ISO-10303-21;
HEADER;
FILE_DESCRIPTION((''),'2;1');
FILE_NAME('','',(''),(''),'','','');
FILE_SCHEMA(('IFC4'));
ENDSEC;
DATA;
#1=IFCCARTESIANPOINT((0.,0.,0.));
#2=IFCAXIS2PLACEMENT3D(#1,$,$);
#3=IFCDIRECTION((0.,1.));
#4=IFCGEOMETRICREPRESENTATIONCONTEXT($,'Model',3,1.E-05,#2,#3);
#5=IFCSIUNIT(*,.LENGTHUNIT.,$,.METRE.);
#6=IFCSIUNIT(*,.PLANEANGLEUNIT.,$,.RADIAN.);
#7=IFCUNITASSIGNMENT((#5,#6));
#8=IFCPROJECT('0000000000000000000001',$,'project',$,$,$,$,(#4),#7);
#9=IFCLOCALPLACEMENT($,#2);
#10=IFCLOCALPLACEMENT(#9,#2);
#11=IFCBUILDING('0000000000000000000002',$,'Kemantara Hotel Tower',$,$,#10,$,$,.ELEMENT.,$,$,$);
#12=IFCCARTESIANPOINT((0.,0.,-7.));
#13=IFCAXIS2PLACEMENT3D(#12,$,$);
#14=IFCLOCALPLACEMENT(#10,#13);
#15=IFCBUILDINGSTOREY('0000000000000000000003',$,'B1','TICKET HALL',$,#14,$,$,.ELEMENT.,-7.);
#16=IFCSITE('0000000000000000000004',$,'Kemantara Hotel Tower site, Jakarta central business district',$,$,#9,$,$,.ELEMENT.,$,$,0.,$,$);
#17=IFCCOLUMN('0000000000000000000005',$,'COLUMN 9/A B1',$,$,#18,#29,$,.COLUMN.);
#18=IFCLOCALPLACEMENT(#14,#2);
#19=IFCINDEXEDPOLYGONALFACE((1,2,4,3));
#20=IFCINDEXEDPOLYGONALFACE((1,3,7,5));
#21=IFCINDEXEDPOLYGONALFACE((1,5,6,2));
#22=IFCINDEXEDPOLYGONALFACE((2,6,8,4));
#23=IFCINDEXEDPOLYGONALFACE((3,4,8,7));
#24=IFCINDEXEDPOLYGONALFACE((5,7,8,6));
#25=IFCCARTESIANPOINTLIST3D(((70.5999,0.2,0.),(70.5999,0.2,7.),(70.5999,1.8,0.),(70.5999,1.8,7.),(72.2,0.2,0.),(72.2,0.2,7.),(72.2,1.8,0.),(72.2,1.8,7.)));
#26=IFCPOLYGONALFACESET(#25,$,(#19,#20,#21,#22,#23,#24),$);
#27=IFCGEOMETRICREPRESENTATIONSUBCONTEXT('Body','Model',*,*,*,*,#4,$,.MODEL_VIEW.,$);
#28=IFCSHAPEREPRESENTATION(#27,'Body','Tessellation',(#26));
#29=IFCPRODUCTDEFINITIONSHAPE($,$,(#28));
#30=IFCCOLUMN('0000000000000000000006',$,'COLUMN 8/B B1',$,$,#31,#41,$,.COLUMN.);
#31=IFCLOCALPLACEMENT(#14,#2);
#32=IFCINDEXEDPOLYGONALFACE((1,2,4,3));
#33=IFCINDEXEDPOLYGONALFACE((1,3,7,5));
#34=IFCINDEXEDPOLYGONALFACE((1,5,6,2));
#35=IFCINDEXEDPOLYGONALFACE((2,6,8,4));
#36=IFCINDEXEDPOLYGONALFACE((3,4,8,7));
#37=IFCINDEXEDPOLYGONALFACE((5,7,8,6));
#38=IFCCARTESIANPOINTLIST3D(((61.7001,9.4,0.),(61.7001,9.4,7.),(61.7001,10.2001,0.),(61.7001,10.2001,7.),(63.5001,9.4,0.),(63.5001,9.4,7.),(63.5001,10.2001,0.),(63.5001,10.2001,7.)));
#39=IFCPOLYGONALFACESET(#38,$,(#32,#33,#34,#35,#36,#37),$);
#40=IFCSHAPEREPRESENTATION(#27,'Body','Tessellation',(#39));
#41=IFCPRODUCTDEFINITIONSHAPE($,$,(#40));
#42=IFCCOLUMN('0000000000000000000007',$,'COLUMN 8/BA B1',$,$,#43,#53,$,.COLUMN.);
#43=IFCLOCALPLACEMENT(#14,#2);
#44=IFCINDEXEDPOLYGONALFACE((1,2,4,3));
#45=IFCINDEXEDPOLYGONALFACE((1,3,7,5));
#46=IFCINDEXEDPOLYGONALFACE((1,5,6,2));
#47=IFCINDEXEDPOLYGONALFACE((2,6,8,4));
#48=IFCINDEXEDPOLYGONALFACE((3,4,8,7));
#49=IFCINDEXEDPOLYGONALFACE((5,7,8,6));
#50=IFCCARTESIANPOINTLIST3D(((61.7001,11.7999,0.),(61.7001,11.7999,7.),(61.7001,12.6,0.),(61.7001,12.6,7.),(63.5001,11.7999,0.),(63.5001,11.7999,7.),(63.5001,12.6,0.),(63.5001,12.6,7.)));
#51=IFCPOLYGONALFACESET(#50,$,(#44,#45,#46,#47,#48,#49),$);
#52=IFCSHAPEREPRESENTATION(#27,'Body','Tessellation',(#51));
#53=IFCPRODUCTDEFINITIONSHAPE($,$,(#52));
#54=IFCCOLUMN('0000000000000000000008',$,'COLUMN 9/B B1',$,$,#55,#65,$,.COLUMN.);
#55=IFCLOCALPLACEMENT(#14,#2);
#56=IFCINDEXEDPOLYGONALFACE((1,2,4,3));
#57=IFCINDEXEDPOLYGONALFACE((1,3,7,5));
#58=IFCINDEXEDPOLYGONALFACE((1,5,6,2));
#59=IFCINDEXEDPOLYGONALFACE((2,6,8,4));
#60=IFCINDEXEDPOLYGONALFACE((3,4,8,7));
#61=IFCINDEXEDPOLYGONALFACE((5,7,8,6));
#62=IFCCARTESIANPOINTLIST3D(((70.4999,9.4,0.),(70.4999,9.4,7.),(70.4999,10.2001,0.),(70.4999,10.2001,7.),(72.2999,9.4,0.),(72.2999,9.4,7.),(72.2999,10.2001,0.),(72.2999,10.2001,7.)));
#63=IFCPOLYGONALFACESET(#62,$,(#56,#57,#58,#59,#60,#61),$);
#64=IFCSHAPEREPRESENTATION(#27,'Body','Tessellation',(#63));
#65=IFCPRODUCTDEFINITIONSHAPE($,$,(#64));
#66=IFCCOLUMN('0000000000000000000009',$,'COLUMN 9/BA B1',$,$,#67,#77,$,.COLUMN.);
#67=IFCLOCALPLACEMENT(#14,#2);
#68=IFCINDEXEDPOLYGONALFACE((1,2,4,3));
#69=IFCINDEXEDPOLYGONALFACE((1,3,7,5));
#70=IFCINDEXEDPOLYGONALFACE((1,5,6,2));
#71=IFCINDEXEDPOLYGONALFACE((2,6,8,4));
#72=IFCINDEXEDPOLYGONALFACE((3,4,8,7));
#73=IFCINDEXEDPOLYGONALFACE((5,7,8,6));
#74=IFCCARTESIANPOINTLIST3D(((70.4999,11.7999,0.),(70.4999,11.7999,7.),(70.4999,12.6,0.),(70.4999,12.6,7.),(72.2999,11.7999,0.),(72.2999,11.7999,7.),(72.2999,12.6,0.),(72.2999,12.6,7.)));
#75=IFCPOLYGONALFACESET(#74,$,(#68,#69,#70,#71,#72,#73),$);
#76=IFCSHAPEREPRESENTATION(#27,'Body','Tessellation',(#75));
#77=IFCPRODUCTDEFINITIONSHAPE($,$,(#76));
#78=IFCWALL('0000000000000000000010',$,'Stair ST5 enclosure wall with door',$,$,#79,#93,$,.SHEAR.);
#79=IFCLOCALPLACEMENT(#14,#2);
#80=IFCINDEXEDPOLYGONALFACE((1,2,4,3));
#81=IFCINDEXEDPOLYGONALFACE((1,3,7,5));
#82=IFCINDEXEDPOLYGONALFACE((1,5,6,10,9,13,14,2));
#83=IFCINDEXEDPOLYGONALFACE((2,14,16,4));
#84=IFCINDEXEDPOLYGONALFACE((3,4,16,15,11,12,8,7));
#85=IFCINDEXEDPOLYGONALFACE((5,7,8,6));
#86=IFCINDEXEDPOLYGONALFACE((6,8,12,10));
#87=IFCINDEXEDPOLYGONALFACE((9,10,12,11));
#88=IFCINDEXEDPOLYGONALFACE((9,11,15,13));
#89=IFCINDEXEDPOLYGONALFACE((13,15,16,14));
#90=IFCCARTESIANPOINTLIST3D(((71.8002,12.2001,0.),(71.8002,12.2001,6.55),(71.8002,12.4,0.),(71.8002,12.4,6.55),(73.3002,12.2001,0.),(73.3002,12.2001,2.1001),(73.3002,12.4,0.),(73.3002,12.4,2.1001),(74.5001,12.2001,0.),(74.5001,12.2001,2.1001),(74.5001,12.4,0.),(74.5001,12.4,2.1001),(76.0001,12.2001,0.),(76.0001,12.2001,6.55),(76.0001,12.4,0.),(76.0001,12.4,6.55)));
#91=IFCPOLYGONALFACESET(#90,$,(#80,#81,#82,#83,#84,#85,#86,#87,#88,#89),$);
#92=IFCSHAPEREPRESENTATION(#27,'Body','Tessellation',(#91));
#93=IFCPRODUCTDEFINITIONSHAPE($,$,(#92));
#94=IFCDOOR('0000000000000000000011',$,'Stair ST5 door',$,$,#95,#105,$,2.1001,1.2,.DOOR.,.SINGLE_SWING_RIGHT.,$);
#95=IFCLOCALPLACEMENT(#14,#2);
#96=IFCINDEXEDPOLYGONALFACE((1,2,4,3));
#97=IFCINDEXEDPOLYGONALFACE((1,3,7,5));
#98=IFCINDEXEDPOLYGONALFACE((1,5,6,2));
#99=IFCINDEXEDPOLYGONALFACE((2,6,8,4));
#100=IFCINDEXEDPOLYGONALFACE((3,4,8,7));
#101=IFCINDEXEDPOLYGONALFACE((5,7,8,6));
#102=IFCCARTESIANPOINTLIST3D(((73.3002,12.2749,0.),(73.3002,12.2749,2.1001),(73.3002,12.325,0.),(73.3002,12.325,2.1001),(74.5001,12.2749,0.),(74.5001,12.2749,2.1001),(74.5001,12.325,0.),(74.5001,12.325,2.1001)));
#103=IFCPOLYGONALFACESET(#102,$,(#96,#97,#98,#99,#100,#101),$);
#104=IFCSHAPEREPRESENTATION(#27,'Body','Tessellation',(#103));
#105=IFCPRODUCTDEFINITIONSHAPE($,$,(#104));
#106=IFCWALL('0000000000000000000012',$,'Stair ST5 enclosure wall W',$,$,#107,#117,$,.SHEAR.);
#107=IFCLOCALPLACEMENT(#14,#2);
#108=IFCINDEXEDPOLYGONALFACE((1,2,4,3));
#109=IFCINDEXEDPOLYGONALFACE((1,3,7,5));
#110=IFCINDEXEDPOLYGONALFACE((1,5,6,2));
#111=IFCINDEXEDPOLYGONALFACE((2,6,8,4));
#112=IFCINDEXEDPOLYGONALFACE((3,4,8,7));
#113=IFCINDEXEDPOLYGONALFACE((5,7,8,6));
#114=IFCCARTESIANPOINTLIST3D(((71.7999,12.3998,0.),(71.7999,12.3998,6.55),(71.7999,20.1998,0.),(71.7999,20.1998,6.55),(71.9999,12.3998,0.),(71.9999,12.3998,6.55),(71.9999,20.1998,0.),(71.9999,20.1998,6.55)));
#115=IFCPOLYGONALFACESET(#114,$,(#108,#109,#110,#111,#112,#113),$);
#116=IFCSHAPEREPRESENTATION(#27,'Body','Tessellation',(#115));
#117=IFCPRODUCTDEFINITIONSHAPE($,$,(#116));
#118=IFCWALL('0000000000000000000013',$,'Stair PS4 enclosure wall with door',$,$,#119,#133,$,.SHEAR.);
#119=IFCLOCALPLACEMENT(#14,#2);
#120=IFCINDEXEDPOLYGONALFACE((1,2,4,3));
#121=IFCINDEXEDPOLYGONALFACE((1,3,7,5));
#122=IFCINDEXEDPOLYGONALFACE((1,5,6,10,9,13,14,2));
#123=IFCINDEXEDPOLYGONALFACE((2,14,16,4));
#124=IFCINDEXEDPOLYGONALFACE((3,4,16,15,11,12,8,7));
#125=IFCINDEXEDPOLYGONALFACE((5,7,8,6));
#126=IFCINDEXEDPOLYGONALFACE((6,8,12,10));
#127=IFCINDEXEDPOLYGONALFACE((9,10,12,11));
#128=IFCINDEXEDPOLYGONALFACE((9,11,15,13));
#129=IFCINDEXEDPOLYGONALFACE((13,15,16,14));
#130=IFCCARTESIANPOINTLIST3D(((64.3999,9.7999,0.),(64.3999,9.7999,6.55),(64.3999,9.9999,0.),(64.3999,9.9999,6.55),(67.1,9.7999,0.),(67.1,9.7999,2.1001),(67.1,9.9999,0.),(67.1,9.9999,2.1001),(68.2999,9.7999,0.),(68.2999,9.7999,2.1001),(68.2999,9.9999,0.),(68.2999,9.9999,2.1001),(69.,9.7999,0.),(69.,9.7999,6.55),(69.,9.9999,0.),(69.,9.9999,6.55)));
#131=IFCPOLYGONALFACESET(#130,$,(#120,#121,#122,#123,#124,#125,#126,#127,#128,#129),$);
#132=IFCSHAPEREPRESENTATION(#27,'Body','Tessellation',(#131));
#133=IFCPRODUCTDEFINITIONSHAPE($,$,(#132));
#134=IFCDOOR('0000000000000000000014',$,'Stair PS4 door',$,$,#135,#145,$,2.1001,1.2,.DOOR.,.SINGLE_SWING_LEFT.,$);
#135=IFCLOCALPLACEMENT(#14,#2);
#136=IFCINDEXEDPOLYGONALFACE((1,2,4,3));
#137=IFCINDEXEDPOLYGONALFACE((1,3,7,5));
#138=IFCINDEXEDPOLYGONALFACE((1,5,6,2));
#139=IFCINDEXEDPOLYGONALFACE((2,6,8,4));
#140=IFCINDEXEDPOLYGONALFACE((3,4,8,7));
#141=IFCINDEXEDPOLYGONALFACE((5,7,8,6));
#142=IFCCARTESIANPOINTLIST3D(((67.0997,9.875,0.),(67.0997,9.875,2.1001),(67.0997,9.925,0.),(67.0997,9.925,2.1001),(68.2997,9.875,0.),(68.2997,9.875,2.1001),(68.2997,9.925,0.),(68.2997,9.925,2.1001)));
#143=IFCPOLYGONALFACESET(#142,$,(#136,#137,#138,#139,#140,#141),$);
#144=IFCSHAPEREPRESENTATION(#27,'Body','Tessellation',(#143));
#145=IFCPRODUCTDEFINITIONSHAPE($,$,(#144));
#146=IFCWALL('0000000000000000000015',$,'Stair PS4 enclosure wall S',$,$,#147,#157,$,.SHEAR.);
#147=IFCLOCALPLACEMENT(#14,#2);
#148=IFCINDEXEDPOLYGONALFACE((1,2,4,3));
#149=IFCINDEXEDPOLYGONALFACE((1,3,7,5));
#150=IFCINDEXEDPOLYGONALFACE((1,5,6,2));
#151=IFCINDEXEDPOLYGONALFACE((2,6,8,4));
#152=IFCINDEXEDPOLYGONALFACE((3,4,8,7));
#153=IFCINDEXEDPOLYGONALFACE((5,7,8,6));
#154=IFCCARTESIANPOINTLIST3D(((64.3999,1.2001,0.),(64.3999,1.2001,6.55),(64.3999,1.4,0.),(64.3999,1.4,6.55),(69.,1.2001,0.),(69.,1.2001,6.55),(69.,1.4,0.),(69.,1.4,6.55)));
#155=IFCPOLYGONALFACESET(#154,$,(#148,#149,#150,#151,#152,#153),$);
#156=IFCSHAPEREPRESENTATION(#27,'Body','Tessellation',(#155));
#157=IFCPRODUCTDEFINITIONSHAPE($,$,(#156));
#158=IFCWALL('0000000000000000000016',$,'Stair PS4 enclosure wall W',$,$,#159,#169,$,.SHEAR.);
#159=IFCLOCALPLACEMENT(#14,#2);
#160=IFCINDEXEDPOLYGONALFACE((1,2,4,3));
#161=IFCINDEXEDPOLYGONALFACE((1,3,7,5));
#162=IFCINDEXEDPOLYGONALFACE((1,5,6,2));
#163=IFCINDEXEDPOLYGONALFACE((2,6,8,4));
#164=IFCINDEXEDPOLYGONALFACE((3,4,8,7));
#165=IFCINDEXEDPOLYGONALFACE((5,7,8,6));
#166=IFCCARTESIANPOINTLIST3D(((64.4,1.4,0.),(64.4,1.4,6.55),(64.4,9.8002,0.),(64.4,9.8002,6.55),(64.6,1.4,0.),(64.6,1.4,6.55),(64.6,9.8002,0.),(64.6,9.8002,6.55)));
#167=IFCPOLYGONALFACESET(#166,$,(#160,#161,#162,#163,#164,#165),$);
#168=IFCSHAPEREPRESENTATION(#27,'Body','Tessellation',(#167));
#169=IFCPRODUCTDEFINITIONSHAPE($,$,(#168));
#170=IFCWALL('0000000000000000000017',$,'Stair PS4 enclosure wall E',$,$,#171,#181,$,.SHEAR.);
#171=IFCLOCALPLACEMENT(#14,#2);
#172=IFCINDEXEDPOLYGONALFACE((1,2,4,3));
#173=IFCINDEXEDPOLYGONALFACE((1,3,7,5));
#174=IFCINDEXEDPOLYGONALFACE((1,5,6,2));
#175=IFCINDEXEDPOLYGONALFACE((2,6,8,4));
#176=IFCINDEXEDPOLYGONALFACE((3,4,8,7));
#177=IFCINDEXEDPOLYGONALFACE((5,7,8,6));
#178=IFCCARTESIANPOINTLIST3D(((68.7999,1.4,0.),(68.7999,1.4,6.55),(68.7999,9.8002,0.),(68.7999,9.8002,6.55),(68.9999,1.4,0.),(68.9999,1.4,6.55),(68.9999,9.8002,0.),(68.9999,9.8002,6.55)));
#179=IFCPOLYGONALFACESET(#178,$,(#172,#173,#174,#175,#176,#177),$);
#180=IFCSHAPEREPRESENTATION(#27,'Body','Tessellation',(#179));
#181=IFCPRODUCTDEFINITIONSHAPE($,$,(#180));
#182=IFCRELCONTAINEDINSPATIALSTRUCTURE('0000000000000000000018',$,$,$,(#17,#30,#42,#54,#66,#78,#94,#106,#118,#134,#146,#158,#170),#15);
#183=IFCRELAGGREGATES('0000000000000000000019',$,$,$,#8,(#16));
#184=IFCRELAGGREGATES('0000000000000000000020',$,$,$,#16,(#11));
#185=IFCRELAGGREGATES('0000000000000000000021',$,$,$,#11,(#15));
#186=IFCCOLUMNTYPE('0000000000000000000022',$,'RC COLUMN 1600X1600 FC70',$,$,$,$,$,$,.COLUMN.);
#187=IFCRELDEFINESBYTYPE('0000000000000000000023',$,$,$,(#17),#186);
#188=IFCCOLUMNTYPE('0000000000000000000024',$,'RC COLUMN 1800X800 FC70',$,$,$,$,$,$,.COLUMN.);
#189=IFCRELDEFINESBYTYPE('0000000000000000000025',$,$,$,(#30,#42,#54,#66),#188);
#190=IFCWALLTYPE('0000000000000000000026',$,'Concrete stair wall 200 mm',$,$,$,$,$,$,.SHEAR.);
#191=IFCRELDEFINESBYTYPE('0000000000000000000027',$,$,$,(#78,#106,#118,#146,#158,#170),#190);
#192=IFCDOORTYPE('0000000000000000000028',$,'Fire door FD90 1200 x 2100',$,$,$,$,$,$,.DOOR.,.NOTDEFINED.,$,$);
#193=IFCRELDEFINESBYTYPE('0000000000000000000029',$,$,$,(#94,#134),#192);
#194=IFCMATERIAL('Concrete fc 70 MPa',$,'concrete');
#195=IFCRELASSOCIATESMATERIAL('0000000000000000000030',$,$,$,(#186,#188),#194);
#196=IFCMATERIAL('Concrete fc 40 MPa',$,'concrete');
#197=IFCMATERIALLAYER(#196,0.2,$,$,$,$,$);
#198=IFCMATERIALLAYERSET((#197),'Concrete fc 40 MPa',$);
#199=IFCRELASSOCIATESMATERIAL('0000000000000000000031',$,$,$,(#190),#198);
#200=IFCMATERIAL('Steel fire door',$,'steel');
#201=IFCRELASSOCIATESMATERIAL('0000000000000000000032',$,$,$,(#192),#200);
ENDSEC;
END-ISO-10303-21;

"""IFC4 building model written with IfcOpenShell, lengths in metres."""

from ifc_helpers import new_model, si_unit, direction, frame, frame_2d, origin, origin_2d, place, context, subcontext, project, spatial, rectangle, extrude, material, layer, layer_set, material_profile, profile_set, type_object, element, fill, save


model = new_model("IFC4")

# Units and contexts
model_context = context("Model", 3, precision=1e-05, world=origin(), true_north=direction((0.0, 1.0)))
body_context = subcontext(model_context, "Body", "Model", "MODEL_VIEW")
ifc_project = project(units=[si_unit("LENGTHUNIT", "METRE"), si_unit("PLANEANGLEUNIT", "RADIAN")], contexts=[model_context])

# Site, building, storey
site_placement = place(None, origin())
site = spatial("IfcSite", under=ifc_project, at=site_placement, Name="Kemantara Hotel Tower site, Jakarta central business district", CompositionType="ELEMENT", RefElevation=0.0)
building_placement = place(site_placement, origin())
building = spatial("IfcBuilding", under=site, at=building_placement, Name="Kemantara Hotel Tower", CompositionType="ELEMENT")
storey_placement = place(building_placement, frame((0.0, 0.0, -7.0)))
storey = spatial("IfcBuildingStorey", under=building, at=storey_placement, Name="B1", Description="TICKET HALL", CompositionType="ELEMENT", Elevation=-7.0)

# Columns
ifc_material_1 = material(Name="Concrete fc 70 MPa", Category="concrete")
ifc_material_profile_1 = material_profile(ifc_material_1, rectangle(XDim=1.6001, YDim=1.6001, at=origin_2d()), Name="RC 1600X1600")
ifc_profile_set_1 = profile_set([ifc_material_profile_1], Name="Concrete fc 70 MPa")
column_type_1 = type_object("IfcColumnType", Name="RC COLUMN 1600X1600 FC70", PredefinedType="COLUMN", material=ifc_profile_set_1)
column_placement = place(storey_placement, frame((71.3999, 1.0, 0.0), z_axis=(0.0, 0.0, 1.0), x_axis=(1.0, 0.0, 0.0)))
element("IfcColumn", 1, at=column_placement, inside=storey, type_object=column_type_1, Name="COLUMN 9/A B1", PredefinedType="COLUMN", context=body_context, shape_type="SweptSolid", body=[
    extrude(rectangle(XDim=1.6001, YDim=1.6001, at=origin_2d()), origin(), (0.0, 0.0, 1.0), 7.0),
])
ifc_material_profile_2 = material_profile(ifc_material_1, rectangle(XDim=1.8, YDim=0.8, at=origin_2d()), Name="RC 1800X800")
ifc_profile_set_2 = profile_set([ifc_material_profile_2], Name="Concrete fc 70 MPa")
column_type_2 = type_object("IfcColumnType", Name="RC COLUMN 1800X800 FC70", PredefinedType="COLUMN", material=ifc_profile_set_2)
for number, where, z_axis, x_axis, name in (
    (2, (62.6001, 9.8, 0.0), (0.0, 0.0, 1.0), (1.0, 0.0, 0.0), "COLUMN 8/B B1"),
    (3, (62.6001, 12.2, 0.0), (0.0, 0.0, 1.0), (1.0, 0.0, 0.0), "COLUMN 8/BA B1"),
    (4, (71.3999, 9.8, 0.0), (0.0, 0.0, 1.0), (1.0, 0.0, 0.0), "COLUMN 9/B B1"),
    (5, (71.3999, 12.2, 0.0), (0.0, 0.0, 1.0), (1.0, 0.0, 0.0), "COLUMN 9/BA B1"),
):
    element("IfcColumn", number, at=place(storey_placement, frame(where, z_axis=z_axis, x_axis=x_axis)), inside=storey, type_object=column_type_2, Name=name, PredefinedType="COLUMN", context=body_context, shape_type="SweptSolid", body=[
        extrude(rectangle(XDim=1.8, YDim=0.8, at=origin_2d()), origin(), (0.0, 0.0, 1.0), 7.0),
    ])

# Wall, opening, door
ifc_material_2 = material(Name="Concrete fc 40 MPa", Category="concrete")
ifc_layer_1 = layer(ifc_material_2, 0.2)
ifc_layer_set_1 = layer_set([ifc_layer_1], Name="Concrete fc 40 MPa")
wall_type_1 = type_object("IfcWallType", Name="Concrete stair wall 200 mm", PredefinedType="SHEAR", material=ifc_layer_set_1)
wall_1_placement = place(storey_placement, frame((71.8, 12.3, 0.0), z_axis=(0.0, 0.0, 1.0), x_axis=(1.0, 0.0, 0.0)))
wall_1 = element("IfcWall", 6, at=wall_1_placement, inside=storey, type_object=wall_type_1, Name="Stair ST5 enclosure wall with door", PredefinedType="SHEAR", context=body_context, shape_type="SweptSolid", body=[
    extrude(rectangle(XDim=4.2, YDim=0.2, at=frame_2d((2.1001, 0.0))), origin(), (0.0, 0.0, 1.0), 6.55),
])
opening_1_placement = place(wall_1_placement, frame((1.5, 0.0, 0.0)))
opening_1 = element("IfcOpeningElement", 7, at=opening_1_placement, cuts=wall_1, PredefinedType="OPENING", context=body_context, shape_type="SweptSolid", body=[
    extrude(rectangle(XDim=1.2, YDim=2.1001, at=frame_2d((0.6001, 1.05))), frame((0.0, 0.1099, 0.0), z_axis=(0.0, -1.0, 0.0), x_axis=(1.0, 0.0, 0.0)), (0.0, 0.0, 1.0), 0.22),
])
ifc_material_3 = material(Name="Steel fire door", Category="steel")
door_type_1 = type_object("IfcDoorType", Name="Fire door FD90 1200 x 2100", OperationType="NOTDEFINED", PredefinedType="DOOR", material=ifc_material_3)
door_1_placement = place(opening_1_placement, origin())
door_1 = element("IfcDoor", 8, at=door_1_placement, inside=storey, type_object=door_type_1, Name="Stair ST5 door", OperationType="SINGLE_SWING_RIGHT", OverallHeight=2.1001, OverallWidth=1.2, PredefinedType="DOOR", context=body_context, shape_type="SweptSolid", body=[
    extrude(rectangle(XDim=1.2, YDim=2.1001, at=frame_2d((0.6001, 1.05))), frame((0.0, 0.0249, 0.0), z_axis=(0.0, -1.0, 0.0), x_axis=(1.0, 0.0, 0.0)), (0.0, 0.0, 1.0), 0.05),
])
fill(opening_1, door_1)

# Wall
wall_2_placement = place(storey_placement, frame((71.8999, 12.3999, 0.0), z_axis=(0.0, 0.0, 1.0), x_axis=(0.0, 1.0, 0.0)))
element("IfcWall", 9, at=wall_2_placement, inside=storey, type_object=wall_type_1, Name="Stair ST5 enclosure wall W", PredefinedType="SHEAR", context=body_context, shape_type="SweptSolid", body=[
    extrude(rectangle(XDim=7.8, YDim=0.2, at=frame_2d((3.8999, 0.0))), origin(), (0.0, 0.0, 1.0), 6.55),
])

# Wall, opening, door
wall_3_placement = place(storey_placement, frame((64.3999, 9.8999, 0.0), z_axis=(0.0, 0.0, 1.0), x_axis=(1.0, 0.0, 0.0)))
wall_3 = element("IfcWall", 10, at=wall_3_placement, inside=storey, type_object=wall_type_1, Name="Stair PS4 enclosure wall with door", PredefinedType="SHEAR", context=body_context, shape_type="SweptSolid", body=[
    extrude(rectangle(XDim=4.6001, YDim=0.2, at=frame_2d((2.3, 0.0))), origin(), (0.0, 0.0, 1.0), 6.55),
])
opening_2_placement = place(wall_3_placement, frame((2.7, 0.0, 0.0)))
opening_2 = element("IfcOpeningElement", 11, at=opening_2_placement, cuts=wall_3, PredefinedType="OPENING", context=body_context, shape_type="SweptSolid", body=[
    extrude(rectangle(XDim=1.2, YDim=2.1001, at=frame_2d((0.6001, 1.05))), frame((0.0, 0.1099, 0.0), z_axis=(0.0, -1.0, 0.0), x_axis=(1.0, 0.0, 0.0)), (0.0, 0.0, 1.0), 0.22),
])
door_2_placement = place(opening_2_placement, frame((1.2, 0.0, 0.0), z_axis=(0.0, 0.0, 1.0), x_axis=(-1.0, 0.0, 0.0)))
door_2 = element("IfcDoor", 12, at=door_2_placement, inside=storey, type_object=door_type_1, Name="Stair PS4 door", OperationType="SINGLE_SWING_LEFT", OverallHeight=2.1001, OverallWidth=1.2, PredefinedType="DOOR", context=body_context, shape_type="SweptSolid", body=[
    extrude(rectangle(XDim=1.2, YDim=2.1001, at=frame_2d((0.6001, 1.05))), frame((0.0, 0.0249, 0.0), z_axis=(0.0, -1.0, 0.0), x_axis=(1.0, 0.0, 0.0)), (0.0, 0.0, 1.0), 0.05),
])
fill(opening_2, door_2)

# Walls
wall_4_placement = place(storey_placement, frame((64.3999, 1.3, 0.0), z_axis=(0.0, 0.0, 1.0), x_axis=(1.0, 0.0, 0.0)))
element("IfcWall", 13, at=wall_4_placement, inside=storey, type_object=wall_type_1, Name="Stair PS4 enclosure wall S", PredefinedType="SHEAR", context=body_context, shape_type="SweptSolid", body=[
    extrude(rectangle(XDim=4.6001, YDim=0.2, at=frame_2d((2.3, 0.0))), origin(), (0.0, 0.0, 1.0), 6.55),
])
for number, where, z_axis, x_axis, name in (
    (14, (64.5, 1.3999, 0.0), (0.0, 0.0, 1.0), (0.0, 1.0, 0.0), "Stair PS4 enclosure wall W"),
    (15, (68.8999, 1.3999, 0.0), (0.0, 0.0, 1.0), (0.0, 1.0, 0.0), "Stair PS4 enclosure wall E"),
):
    element("IfcWall", number, at=place(storey_placement, frame(where, z_axis=z_axis, x_axis=x_axis)), inside=storey, type_object=wall_type_1, Name=name, PredefinedType="SHEAR", context=body_context, shape_type="SweptSolid", body=[
        extrude(rectangle(XDim=8.4001, YDim=0.2, at=frame_2d((4.2002, 0.0))), origin(), (0.0, 0.0, 1.0), 6.55),
    ])

save(model, "model.ifc")
